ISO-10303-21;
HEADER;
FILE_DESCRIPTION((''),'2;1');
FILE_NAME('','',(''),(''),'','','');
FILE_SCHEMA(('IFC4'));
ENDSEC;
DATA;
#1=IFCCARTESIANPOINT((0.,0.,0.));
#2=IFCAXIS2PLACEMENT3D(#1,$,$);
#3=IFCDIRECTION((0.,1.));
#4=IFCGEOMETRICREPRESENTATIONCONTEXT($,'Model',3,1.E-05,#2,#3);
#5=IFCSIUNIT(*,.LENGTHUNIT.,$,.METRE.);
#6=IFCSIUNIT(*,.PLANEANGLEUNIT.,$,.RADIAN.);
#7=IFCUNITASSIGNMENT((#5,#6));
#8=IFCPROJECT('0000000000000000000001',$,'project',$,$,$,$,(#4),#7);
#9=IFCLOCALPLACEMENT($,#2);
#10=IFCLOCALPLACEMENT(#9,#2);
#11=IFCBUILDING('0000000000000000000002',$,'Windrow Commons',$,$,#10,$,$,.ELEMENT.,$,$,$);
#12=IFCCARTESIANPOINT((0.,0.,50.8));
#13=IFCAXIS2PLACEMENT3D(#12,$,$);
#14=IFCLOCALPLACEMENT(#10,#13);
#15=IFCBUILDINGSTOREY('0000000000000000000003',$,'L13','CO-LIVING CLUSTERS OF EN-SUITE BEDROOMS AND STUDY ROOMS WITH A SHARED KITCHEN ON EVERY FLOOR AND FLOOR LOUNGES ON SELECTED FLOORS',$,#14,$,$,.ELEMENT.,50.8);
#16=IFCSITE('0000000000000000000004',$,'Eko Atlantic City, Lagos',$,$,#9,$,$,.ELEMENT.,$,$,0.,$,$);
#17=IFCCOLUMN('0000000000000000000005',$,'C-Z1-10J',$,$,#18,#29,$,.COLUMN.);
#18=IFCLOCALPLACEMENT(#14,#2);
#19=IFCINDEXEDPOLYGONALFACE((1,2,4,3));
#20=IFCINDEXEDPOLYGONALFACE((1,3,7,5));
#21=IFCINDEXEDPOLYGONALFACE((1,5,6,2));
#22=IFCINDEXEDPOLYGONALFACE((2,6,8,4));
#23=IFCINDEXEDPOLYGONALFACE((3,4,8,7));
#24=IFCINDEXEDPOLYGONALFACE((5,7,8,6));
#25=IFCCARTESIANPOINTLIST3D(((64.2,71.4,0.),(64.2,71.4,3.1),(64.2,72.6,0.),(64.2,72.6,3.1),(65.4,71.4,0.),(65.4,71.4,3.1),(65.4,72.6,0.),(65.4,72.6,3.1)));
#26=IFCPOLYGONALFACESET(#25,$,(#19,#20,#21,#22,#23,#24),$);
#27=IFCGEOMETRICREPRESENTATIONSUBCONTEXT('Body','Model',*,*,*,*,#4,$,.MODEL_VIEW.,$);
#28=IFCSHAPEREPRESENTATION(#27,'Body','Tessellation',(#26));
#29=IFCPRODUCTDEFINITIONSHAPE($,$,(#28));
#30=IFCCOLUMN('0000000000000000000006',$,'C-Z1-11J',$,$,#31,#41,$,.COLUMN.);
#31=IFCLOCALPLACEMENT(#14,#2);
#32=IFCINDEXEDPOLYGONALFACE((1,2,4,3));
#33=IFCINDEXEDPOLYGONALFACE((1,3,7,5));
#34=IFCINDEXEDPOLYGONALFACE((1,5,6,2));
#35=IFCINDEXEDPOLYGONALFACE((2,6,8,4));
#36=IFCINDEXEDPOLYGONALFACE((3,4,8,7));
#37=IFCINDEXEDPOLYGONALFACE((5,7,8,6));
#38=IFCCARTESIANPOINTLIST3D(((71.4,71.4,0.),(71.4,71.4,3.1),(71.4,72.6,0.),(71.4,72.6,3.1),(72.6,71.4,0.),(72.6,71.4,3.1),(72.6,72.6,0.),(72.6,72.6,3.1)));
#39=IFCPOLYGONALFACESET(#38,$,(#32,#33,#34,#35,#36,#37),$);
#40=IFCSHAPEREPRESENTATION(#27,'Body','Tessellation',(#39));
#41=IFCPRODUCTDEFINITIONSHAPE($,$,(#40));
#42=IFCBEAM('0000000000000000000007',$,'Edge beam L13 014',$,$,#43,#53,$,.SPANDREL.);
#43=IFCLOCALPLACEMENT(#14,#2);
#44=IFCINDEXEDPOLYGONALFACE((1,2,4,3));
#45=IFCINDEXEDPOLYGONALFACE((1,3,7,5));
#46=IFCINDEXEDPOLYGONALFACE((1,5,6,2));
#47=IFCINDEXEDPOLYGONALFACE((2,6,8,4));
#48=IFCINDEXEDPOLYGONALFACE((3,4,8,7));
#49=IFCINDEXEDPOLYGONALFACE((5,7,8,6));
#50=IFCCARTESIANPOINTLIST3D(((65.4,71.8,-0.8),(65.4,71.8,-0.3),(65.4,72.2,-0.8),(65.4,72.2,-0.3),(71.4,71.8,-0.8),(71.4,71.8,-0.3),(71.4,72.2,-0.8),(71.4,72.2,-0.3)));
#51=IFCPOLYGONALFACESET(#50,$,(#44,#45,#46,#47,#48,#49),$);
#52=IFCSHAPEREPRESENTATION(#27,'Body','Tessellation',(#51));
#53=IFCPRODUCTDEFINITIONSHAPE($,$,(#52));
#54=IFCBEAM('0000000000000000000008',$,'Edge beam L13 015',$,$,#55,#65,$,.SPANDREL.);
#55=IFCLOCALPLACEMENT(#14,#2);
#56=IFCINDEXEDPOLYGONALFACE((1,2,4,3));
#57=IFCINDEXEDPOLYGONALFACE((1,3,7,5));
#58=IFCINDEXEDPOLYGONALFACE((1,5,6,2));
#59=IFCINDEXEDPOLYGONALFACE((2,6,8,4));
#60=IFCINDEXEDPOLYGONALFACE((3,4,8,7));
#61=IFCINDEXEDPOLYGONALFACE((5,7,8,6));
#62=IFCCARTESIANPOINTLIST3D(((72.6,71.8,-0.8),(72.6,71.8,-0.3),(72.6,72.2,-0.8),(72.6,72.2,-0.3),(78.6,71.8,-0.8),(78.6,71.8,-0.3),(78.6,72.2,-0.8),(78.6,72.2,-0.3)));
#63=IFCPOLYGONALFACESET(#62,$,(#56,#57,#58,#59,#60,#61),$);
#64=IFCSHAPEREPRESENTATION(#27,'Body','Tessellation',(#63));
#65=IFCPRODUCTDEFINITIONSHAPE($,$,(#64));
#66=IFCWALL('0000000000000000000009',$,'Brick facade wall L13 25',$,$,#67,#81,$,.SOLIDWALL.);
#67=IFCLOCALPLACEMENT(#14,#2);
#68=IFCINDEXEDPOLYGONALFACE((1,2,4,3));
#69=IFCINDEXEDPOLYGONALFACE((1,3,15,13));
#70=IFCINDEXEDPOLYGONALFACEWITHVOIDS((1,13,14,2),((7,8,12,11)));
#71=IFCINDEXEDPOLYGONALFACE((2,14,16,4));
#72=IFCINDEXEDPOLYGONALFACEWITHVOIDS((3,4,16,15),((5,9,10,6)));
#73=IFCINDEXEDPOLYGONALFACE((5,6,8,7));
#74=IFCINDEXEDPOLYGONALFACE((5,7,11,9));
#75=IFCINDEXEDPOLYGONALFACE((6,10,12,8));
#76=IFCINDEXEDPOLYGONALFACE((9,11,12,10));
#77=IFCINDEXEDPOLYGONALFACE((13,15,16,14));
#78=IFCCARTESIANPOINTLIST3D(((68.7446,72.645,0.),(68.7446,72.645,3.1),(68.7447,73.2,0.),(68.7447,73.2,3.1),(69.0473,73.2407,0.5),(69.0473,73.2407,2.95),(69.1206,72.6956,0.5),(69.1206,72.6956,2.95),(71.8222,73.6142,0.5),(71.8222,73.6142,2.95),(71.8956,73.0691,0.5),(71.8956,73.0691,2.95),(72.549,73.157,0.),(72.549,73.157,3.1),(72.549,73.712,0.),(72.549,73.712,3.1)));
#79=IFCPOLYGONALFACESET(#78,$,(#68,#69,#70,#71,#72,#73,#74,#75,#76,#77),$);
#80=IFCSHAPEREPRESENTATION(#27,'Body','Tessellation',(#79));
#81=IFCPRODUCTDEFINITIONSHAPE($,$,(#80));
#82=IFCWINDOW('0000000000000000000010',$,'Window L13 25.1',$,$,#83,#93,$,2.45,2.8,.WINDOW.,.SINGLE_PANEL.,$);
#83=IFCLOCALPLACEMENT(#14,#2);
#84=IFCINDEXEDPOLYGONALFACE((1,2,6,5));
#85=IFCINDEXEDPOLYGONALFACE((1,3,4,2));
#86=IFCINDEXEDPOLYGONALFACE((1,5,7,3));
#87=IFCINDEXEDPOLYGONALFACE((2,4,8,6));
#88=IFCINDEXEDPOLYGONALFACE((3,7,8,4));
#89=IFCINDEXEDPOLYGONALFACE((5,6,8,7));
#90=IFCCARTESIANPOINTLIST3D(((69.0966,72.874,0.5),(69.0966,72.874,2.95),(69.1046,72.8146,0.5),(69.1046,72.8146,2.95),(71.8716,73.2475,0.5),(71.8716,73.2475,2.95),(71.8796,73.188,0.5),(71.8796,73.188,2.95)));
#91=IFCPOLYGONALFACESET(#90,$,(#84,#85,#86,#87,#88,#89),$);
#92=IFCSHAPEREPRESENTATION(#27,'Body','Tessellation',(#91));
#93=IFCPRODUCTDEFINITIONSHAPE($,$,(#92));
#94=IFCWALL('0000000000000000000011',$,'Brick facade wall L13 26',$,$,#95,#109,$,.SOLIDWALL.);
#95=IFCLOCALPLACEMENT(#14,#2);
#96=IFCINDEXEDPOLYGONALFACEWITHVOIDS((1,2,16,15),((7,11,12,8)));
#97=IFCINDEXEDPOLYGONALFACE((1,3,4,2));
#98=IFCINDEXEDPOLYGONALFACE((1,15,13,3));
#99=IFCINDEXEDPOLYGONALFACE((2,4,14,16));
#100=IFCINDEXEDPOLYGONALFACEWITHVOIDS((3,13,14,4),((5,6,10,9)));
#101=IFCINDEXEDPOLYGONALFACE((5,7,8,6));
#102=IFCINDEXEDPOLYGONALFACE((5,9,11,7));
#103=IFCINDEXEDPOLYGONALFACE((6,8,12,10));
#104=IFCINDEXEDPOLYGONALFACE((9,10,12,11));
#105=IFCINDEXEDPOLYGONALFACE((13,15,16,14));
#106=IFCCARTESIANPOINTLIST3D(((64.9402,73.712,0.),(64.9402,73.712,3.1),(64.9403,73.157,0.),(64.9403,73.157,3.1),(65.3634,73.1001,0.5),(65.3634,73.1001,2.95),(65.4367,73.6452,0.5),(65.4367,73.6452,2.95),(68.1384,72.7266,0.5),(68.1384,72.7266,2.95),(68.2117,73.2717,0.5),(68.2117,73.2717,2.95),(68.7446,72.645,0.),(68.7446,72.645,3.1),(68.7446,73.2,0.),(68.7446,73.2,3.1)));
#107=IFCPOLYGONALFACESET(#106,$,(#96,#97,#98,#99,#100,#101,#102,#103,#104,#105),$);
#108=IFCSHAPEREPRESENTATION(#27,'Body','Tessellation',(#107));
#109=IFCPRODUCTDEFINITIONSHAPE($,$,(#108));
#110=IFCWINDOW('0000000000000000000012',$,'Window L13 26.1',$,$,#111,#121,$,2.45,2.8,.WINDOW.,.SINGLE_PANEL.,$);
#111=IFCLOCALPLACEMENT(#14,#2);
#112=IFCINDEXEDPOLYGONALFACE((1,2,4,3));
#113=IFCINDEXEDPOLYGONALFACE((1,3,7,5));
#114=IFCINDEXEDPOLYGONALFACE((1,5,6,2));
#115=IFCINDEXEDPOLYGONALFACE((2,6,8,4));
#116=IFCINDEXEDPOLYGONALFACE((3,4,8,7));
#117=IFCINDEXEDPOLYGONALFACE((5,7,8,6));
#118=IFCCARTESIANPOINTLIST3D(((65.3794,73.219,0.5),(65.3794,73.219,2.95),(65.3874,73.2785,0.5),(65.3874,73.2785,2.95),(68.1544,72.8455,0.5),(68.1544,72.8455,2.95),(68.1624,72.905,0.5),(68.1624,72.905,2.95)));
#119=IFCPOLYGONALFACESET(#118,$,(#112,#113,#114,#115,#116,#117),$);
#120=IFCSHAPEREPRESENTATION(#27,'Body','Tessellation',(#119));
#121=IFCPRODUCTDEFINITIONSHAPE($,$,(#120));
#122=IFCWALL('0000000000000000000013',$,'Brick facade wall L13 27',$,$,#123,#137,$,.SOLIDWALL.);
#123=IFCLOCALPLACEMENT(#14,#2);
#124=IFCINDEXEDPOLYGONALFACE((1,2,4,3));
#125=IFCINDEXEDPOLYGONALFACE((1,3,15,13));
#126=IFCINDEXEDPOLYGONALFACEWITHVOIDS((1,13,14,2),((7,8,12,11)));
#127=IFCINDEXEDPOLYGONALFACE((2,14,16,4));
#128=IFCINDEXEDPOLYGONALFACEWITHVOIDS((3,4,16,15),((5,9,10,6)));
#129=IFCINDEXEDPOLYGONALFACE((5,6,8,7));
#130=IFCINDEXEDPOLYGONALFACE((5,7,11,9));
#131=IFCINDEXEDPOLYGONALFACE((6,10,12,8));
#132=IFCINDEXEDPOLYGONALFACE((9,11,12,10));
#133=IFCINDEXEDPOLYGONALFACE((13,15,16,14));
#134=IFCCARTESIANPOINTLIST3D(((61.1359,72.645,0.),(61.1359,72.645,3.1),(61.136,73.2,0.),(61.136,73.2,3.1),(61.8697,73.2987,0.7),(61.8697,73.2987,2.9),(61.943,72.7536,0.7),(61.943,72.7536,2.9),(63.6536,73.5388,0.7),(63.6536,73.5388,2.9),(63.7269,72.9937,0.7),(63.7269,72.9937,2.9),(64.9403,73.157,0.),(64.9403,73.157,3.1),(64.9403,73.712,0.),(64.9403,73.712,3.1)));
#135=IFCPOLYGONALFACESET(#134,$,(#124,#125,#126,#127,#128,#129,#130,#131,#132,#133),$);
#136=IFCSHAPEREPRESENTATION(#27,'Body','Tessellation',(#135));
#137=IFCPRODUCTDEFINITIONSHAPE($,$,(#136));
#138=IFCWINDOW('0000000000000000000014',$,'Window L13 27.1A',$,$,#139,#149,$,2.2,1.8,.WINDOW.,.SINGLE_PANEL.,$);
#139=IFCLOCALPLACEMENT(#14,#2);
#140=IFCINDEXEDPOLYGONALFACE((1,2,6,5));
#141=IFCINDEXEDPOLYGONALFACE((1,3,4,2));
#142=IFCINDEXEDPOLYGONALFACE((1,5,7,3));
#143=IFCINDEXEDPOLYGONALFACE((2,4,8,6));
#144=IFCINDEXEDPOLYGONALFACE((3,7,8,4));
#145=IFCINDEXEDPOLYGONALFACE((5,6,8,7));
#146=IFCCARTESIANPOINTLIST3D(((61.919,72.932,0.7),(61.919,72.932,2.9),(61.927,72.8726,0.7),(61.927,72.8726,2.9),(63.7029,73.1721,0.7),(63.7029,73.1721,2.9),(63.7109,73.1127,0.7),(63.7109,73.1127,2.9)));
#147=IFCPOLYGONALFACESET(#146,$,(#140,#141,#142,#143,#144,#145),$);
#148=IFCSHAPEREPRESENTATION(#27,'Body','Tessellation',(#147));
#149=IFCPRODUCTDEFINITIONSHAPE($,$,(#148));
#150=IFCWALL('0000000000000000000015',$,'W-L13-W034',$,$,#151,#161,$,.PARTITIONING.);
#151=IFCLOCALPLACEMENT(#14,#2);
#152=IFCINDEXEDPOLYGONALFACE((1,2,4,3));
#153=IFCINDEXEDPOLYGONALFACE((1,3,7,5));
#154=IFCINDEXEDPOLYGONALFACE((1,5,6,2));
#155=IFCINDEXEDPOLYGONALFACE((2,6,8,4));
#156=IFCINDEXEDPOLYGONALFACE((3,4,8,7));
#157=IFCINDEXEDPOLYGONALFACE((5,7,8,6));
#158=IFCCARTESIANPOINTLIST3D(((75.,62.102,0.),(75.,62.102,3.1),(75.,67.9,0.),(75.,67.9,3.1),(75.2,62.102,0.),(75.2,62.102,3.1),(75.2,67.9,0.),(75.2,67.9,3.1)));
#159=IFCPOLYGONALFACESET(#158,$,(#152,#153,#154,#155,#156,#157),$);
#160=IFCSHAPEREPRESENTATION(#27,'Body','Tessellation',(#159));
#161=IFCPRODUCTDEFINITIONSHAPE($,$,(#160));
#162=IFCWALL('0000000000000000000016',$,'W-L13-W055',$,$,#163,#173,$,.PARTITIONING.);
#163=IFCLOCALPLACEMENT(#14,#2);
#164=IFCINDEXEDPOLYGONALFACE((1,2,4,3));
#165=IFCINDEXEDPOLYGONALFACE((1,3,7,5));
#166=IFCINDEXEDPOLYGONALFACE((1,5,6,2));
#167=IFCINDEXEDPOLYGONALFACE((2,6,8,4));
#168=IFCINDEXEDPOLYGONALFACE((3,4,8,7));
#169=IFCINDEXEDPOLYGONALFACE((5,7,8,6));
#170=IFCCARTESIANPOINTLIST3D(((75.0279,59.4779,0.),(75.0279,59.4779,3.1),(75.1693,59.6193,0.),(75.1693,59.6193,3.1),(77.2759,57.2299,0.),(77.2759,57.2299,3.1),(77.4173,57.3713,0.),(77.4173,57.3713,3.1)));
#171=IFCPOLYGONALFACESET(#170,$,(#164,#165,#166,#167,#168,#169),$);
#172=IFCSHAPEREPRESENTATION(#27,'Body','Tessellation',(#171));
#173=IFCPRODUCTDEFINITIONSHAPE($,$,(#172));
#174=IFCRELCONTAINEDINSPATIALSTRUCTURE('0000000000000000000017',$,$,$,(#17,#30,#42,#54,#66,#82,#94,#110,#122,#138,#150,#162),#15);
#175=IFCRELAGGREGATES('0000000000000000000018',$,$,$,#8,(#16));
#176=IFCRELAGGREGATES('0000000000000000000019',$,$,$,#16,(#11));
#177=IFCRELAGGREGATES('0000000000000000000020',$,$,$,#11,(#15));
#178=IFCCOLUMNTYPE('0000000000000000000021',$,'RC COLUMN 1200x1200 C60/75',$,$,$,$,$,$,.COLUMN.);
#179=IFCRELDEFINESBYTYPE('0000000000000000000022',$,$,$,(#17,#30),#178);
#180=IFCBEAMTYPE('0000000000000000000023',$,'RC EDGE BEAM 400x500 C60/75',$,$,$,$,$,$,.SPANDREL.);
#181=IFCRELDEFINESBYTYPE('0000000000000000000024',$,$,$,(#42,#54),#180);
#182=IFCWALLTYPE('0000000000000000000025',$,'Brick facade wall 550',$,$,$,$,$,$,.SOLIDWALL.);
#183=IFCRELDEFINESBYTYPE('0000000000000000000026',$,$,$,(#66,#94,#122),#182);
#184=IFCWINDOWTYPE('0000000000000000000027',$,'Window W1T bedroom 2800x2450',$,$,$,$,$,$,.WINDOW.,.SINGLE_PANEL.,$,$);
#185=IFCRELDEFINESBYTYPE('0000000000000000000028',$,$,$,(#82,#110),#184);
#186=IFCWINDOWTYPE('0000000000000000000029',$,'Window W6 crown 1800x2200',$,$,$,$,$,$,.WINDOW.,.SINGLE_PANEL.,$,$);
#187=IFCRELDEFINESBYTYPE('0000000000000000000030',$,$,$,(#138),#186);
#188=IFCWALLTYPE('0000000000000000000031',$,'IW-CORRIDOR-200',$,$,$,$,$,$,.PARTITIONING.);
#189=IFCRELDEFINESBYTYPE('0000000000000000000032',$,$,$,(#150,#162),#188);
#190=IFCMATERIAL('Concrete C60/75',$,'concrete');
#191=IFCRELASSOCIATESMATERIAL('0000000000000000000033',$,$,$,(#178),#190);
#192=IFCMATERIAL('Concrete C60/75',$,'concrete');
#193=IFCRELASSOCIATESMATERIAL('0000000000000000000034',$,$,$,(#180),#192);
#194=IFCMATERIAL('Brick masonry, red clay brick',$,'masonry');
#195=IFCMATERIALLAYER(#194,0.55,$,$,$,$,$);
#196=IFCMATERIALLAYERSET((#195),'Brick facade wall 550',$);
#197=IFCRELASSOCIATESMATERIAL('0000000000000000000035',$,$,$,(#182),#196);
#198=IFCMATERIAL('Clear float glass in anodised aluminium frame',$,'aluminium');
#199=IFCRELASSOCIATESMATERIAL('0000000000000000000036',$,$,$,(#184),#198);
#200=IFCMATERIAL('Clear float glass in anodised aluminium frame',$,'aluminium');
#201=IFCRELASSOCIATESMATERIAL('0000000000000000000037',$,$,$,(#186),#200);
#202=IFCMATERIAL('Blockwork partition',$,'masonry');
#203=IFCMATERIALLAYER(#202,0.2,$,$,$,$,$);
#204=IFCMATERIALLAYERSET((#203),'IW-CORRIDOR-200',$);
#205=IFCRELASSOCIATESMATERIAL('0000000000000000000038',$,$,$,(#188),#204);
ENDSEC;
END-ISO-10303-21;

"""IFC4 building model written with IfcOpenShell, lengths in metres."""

from ifc_helpers import new_model, si_unit, direction, frame, frame_2d, origin, origin_2d, place, context, subcontext, project, spatial, polyline, rectangle, outline, extrude, material, layer, layer_set, material_profile, profile_set, type_object, element, fill, save


model = new_model("IFC4")

# Units and contexts
model_context = context("Model", 3, precision=1e-05, world=origin(), true_north=direction((0.0, 1.0)))
body_context = subcontext(model_context, "Body", "Model", "MODEL_VIEW")
ifc_project = project(units=[si_unit("LENGTHUNIT", "METRE"), si_unit("PLANEANGLEUNIT", "RADIAN")], contexts=[model_context])

# Site, building, storey
site_placement = place(None, origin())
site = spatial("IfcSite", under=ifc_project, at=site_placement, Name="Eko Atlantic City, Lagos", CompositionType="ELEMENT", RefElevation=0.0)
building_placement = place(site_placement, origin())
building = spatial("IfcBuilding", under=site, at=building_placement, Name="Windrow Commons", CompositionType="ELEMENT")
storey_placement = place(building_placement, frame((0.0, 0.0, 50.8)))
storey = spatial("IfcBuildingStorey", under=building, at=storey_placement, Name="L13", Description="CO-LIVING CLUSTERS OF EN-SUITE BEDROOMS AND STUDY ROOMS WITH A SHARED KITCHEN ON EVERY FLOOR AND FLOOR LOUNGES ON SELECTED FLOORS", CompositionType="ELEMENT", Elevation=50.8)

# Columns
ifc_material_1 = material(Name="Concrete C60/75", Category="concrete")
ifc_material_profile_1 = material_profile(ifc_material_1, rectangle(XDim=1.2, YDim=1.2, at=origin_2d()))
ifc_profile_set_1 = profile_set([ifc_material_profile_1], Name="Concrete C60/75")
column_type = type_object("IfcColumnType", Name="RC COLUMN 1200x1200 C60/75", PredefinedType="COLUMN", material=ifc_profile_set_1)
for number, where, z_axis, x_axis, name in (
    (1, (64.8, 72.0, 0.0), (0.0, 0.0, 1.0), (1.0, 0.0, 0.0), "C-Z1-10J"),
    (2, (72.0, 72.0, 0.0), (0.0, 0.0, 1.0), (1.0, 0.0, 0.0), "C-Z1-11J"),
):
    element("IfcColumn", number, at=place(storey_placement, frame(where, z_axis=z_axis, x_axis=x_axis)), inside=storey, type_object=column_type, Name=name, PredefinedType="COLUMN", context=body_context, shape_type="SweptSolid", body=[
        extrude(rectangle(XDim=1.2, YDim=1.2, at=origin_2d()), origin(), (0.0, 0.0, 1.0), 3.1),
    ])

# Beams
ifc_material_2 = material(Name="Concrete C60/75", Category="concrete")
ifc_material_profile_2 = material_profile(ifc_material_2, rectangle(XDim=0.4, YDim=0.5, at=origin_2d()))
ifc_profile_set_2 = profile_set([ifc_material_profile_2], Name="Concrete C60/75")
beam_type = type_object("IfcBeamType", Name="RC EDGE BEAM 400x500 C60/75", PredefinedType="SPANDREL", material=ifc_profile_set_2)
for number, where, z_axis, x_axis, name in (
    (3, (65.4, 72.0, -0.55), (1.0, 0.0, 0.0), (0.0, 1.0, 0.0), "Edge beam L13 014"),
    (4, (72.6, 72.0, -0.55), (1.0, 0.0, 0.0), (0.0, 1.0, 0.0), "Edge beam L13 015"),
):
    element("IfcBeam", number, at=place(storey_placement, frame(where, z_axis=z_axis, x_axis=x_axis)), inside=storey, type_object=beam_type, Name=name, PredefinedType="SPANDREL", context=body_context, shape_type="SweptSolid", body=[
        extrude(rectangle(XDim=0.4, YDim=0.5, at=origin_2d()), origin(), (0.0, 0.0, 1.0), 6.0),
    ])

# Walls, openings, windows
ifc_material_3 = material(Name="Brick masonry, red clay brick", Category="masonry")
ifc_layer_1 = layer(ifc_material_3, 0.55)
ifc_layer_set_1 = layer_set([ifc_layer_1], Name="Brick facade wall 550")
wall_type_1 = type_object("IfcWallType", Name="Brick facade wall 550", PredefinedType="SOLIDWALL", material=ifc_layer_set_1)
wall_1_placement = place(storey_placement, frame((72.549, 73.4345, 0.0), z_axis=(0.0, 0.0, 1.0), x_axis=(-0.991065, -0.133379, 0.0)))
wall_1 = element("IfcWall", 5, at=wall_1_placement, inside=storey, type_object=wall_type_1, Name="Brick facade wall L13 25", PredefinedType="SOLIDWALL", context=body_context, shape_type="SweptSolid", body=[
    extrude(outline(polyline([(-0.037, -0.275), (3.8016, -0.275), (3.8757, 0.275), (0.037, 0.275), (-0.037, -0.275)])), origin(), (0.0, 0.0, 1.0), 3.1),
])
opening_1_placement = place(wall_1_placement, frame((0.6963, 0.0, 0.5)))
opening_1 = element("IfcOpeningElement", 6, at=opening_1_placement, cuts=wall_1, PredefinedType="OPENING", context=body_context, shape_type="SweptSolid", body=[
    extrude(rectangle(XDim=2.8, YDim=2.45, at=frame_2d((1.4, 1.225))), frame((0.0, 0.285, 0.0), z_axis=(0.0, -1.0, 0.0), x_axis=(1.0, 0.0, 0.0)), (0.0, 0.0, 1.0), 0.57),
])
ifc_material_4 = material(Name="Clear float glass in anodised aluminium frame", Category="aluminium")
window_type_1 = type_object("IfcWindowType", Name="Window W1T bedroom 2800x2450", PartitioningType="SINGLE_PANEL", PredefinedType="WINDOW", material=ifc_material_4)
window_1_placement = place(opening_1_placement, origin())
window_1 = element("IfcWindow", 7, at=window_1_placement, inside=storey, type_object=window_type_1, Name="Window L13 25.1", OverallHeight=2.45, OverallWidth=2.8, PartitioningType="SINGLE_PANEL", PredefinedType="WINDOW", context=body_context, shape_type="SweptSolid", body=[
    extrude(rectangle(XDim=2.8, YDim=2.45, at=frame_2d((1.4, 1.225))), frame((0.0, 0.155, 0.0), z_axis=(0.0, -1.0, 0.0), x_axis=(1.0, 0.0, 0.0)), (0.0, 0.0, 1.0), 0.06),
])
fill(opening_1, window_1)
wall_2_placement = place(storey_placement, frame((68.7446, 72.9225, 0.0), z_axis=(0.0, 0.0, 1.0), x_axis=(-0.991065, 0.133382, 0.0)))
wall_2 = element("IfcWall", 8, at=wall_2_placement, inside=storey, type_object=wall_type_1, Name="Brick facade wall L13 26", PredefinedType="SOLIDWALL", context=body_context, shape_type="SweptSolid", body=[
    extrude(outline(polyline([(0.037, -0.275), (3.8757, -0.275), (3.8016, 0.275), (-0.037, 0.275), (0.037, -0.275)])), origin(), (0.0, 0.0, 1.0), 3.1),
])
opening_2_placement = place(wall_2_placement, frame((0.5747, 0.0, 0.5)))
opening_2 = element("IfcOpeningElement", 9, at=opening_2_placement, cuts=wall_2, PredefinedType="OPENING", context=body_context, shape_type="SweptSolid", body=[
    extrude(rectangle(XDim=2.8, YDim=2.45, at=frame_2d((1.4, 1.225))), frame((0.0, 0.285, 0.0), z_axis=(0.0, -1.0, 0.0), x_axis=(1.0, 0.0, 0.0)), (0.0, 0.0, 1.0), 0.57),
])
window_2_placement = place(opening_2_placement, origin())
window_2 = element("IfcWindow", 10, at=window_2_placement, inside=storey, type_object=window_type_1, Name="Window L13 26.1", OverallHeight=2.45, OverallWidth=2.8, PartitioningType="SINGLE_PANEL", PredefinedType="WINDOW", context=body_context, shape_type="SweptSolid", body=[
    extrude(rectangle(XDim=2.8, YDim=2.45, at=frame_2d((1.4, 1.225))), frame((0.0, 0.155, 0.0), z_axis=(0.0, -1.0, 0.0), x_axis=(1.0, 0.0, 0.0)), (0.0, 0.0, 1.0), 0.06),
])
fill(opening_2, window_2)
wall_3_placement = place(storey_placement, frame((64.9403, 73.4345, 0.0), z_axis=(0.0, 0.0, 1.0), x_axis=(-0.991065, -0.133379, 0.0)))
wall_3 = element("IfcWall", 11, at=wall_3_placement, inside=storey, type_object=wall_type_1, Name="Brick facade wall L13 27", PredefinedType="SOLIDWALL", context=body_context, shape_type="SweptSolid", body=[
    extrude(outline(polyline([(-0.037, -0.275), (3.8016, -0.275), (3.8757, 0.275), (0.037, 0.275), (-0.037, -0.275)])), origin(), (0.0, 0.0, 1.0), 3.1),
])
opening_3_placement = place(wall_3_placement, frame((1.2613, 0.0, 0.7)))
opening_3 = element("IfcOpeningElement", 12, at=opening_3_placement, cuts=wall_3, PredefinedType="OPENING", context=body_context, shape_type="SweptSolid", body=[
    extrude(rectangle(XDim=1.8, YDim=2.2, at=frame_2d((0.9, 1.1))), frame((0.0, 0.285, 0.0), z_axis=(0.0, -1.0, 0.0), x_axis=(1.0, 0.0, 0.0)), (0.0, 0.0, 1.0), 0.57),
])
ifc_material_5 = material(Name="Clear float glass in anodised aluminium frame", Category="aluminium")
window_type_2 = type_object("IfcWindowType", Name="Window W6 crown 1800x2200", PartitioningType="SINGLE_PANEL", PredefinedType="WINDOW", material=ifc_material_5)
window_3_placement = place(opening_3_placement, origin())
window_3 = element("IfcWindow", 13, at=window_3_placement, inside=storey, type_object=window_type_2, Name="Window L13 27.1A", OverallHeight=2.2, OverallWidth=1.8, PartitioningType="SINGLE_PANEL", PredefinedType="WINDOW", context=body_context, shape_type="SweptSolid", body=[
    extrude(rectangle(XDim=1.8, YDim=2.2, at=frame_2d((0.9, 1.1))), frame((0.0, 0.155, 0.0), z_axis=(0.0, -1.0, 0.0), x_axis=(1.0, 0.0, 0.0)), (0.0, 0.0, 1.0), 0.06),
])
fill(opening_3, window_3)

# Walls
ifc_material_6 = material(Name="Blockwork partition", Category="masonry")
ifc_layer_2 = layer(ifc_material_6, 0.2)
ifc_layer_set_2 = layer_set([ifc_layer_2], Name="IW-CORRIDOR-200")
wall_type_2 = type_object("IfcWallType", Name="IW-CORRIDOR-200", PredefinedType="PARTITIONING", material=ifc_layer_set_2)
wall_4_placement = place(storey_placement, frame((75.1, 62.102, 0.0), z_axis=(0.0, 0.0, 1.0), x_axis=(0.0, 1.0, 0.0)))
element("IfcWall", 14, at=wall_4_placement, inside=storey, type_object=wall_type_2, Name="W-L13-W034", PredefinedType="PARTITIONING", context=body_context, shape_type="SweptSolid", body=[
    extrude(rectangle(XDim=5.798, YDim=0.2, at=frame_2d((2.899, 0.0))), origin(), (0.0, 0.0, 1.0), 3.1),
])
wall_5_placement = place(storey_placement, frame((75.0986, 59.5486, 0.0), z_axis=(0.0, 0.0, 1.0), x_axis=(0.707107, -0.707107, 0.0)))
element("IfcWall", 15, at=wall_5_placement, inside=storey, type_object=wall_type_2, Name="W-L13-W055", PredefinedType="PARTITIONING", context=body_context, shape_type="SweptSolid", body=[
    extrude(rectangle(XDim=3.1792, YDim=0.2, at=frame_2d((1.5896, 0.0))), origin(), (0.0, 0.0, 1.0), 3.1),
])

save(model, "model.ifc")
